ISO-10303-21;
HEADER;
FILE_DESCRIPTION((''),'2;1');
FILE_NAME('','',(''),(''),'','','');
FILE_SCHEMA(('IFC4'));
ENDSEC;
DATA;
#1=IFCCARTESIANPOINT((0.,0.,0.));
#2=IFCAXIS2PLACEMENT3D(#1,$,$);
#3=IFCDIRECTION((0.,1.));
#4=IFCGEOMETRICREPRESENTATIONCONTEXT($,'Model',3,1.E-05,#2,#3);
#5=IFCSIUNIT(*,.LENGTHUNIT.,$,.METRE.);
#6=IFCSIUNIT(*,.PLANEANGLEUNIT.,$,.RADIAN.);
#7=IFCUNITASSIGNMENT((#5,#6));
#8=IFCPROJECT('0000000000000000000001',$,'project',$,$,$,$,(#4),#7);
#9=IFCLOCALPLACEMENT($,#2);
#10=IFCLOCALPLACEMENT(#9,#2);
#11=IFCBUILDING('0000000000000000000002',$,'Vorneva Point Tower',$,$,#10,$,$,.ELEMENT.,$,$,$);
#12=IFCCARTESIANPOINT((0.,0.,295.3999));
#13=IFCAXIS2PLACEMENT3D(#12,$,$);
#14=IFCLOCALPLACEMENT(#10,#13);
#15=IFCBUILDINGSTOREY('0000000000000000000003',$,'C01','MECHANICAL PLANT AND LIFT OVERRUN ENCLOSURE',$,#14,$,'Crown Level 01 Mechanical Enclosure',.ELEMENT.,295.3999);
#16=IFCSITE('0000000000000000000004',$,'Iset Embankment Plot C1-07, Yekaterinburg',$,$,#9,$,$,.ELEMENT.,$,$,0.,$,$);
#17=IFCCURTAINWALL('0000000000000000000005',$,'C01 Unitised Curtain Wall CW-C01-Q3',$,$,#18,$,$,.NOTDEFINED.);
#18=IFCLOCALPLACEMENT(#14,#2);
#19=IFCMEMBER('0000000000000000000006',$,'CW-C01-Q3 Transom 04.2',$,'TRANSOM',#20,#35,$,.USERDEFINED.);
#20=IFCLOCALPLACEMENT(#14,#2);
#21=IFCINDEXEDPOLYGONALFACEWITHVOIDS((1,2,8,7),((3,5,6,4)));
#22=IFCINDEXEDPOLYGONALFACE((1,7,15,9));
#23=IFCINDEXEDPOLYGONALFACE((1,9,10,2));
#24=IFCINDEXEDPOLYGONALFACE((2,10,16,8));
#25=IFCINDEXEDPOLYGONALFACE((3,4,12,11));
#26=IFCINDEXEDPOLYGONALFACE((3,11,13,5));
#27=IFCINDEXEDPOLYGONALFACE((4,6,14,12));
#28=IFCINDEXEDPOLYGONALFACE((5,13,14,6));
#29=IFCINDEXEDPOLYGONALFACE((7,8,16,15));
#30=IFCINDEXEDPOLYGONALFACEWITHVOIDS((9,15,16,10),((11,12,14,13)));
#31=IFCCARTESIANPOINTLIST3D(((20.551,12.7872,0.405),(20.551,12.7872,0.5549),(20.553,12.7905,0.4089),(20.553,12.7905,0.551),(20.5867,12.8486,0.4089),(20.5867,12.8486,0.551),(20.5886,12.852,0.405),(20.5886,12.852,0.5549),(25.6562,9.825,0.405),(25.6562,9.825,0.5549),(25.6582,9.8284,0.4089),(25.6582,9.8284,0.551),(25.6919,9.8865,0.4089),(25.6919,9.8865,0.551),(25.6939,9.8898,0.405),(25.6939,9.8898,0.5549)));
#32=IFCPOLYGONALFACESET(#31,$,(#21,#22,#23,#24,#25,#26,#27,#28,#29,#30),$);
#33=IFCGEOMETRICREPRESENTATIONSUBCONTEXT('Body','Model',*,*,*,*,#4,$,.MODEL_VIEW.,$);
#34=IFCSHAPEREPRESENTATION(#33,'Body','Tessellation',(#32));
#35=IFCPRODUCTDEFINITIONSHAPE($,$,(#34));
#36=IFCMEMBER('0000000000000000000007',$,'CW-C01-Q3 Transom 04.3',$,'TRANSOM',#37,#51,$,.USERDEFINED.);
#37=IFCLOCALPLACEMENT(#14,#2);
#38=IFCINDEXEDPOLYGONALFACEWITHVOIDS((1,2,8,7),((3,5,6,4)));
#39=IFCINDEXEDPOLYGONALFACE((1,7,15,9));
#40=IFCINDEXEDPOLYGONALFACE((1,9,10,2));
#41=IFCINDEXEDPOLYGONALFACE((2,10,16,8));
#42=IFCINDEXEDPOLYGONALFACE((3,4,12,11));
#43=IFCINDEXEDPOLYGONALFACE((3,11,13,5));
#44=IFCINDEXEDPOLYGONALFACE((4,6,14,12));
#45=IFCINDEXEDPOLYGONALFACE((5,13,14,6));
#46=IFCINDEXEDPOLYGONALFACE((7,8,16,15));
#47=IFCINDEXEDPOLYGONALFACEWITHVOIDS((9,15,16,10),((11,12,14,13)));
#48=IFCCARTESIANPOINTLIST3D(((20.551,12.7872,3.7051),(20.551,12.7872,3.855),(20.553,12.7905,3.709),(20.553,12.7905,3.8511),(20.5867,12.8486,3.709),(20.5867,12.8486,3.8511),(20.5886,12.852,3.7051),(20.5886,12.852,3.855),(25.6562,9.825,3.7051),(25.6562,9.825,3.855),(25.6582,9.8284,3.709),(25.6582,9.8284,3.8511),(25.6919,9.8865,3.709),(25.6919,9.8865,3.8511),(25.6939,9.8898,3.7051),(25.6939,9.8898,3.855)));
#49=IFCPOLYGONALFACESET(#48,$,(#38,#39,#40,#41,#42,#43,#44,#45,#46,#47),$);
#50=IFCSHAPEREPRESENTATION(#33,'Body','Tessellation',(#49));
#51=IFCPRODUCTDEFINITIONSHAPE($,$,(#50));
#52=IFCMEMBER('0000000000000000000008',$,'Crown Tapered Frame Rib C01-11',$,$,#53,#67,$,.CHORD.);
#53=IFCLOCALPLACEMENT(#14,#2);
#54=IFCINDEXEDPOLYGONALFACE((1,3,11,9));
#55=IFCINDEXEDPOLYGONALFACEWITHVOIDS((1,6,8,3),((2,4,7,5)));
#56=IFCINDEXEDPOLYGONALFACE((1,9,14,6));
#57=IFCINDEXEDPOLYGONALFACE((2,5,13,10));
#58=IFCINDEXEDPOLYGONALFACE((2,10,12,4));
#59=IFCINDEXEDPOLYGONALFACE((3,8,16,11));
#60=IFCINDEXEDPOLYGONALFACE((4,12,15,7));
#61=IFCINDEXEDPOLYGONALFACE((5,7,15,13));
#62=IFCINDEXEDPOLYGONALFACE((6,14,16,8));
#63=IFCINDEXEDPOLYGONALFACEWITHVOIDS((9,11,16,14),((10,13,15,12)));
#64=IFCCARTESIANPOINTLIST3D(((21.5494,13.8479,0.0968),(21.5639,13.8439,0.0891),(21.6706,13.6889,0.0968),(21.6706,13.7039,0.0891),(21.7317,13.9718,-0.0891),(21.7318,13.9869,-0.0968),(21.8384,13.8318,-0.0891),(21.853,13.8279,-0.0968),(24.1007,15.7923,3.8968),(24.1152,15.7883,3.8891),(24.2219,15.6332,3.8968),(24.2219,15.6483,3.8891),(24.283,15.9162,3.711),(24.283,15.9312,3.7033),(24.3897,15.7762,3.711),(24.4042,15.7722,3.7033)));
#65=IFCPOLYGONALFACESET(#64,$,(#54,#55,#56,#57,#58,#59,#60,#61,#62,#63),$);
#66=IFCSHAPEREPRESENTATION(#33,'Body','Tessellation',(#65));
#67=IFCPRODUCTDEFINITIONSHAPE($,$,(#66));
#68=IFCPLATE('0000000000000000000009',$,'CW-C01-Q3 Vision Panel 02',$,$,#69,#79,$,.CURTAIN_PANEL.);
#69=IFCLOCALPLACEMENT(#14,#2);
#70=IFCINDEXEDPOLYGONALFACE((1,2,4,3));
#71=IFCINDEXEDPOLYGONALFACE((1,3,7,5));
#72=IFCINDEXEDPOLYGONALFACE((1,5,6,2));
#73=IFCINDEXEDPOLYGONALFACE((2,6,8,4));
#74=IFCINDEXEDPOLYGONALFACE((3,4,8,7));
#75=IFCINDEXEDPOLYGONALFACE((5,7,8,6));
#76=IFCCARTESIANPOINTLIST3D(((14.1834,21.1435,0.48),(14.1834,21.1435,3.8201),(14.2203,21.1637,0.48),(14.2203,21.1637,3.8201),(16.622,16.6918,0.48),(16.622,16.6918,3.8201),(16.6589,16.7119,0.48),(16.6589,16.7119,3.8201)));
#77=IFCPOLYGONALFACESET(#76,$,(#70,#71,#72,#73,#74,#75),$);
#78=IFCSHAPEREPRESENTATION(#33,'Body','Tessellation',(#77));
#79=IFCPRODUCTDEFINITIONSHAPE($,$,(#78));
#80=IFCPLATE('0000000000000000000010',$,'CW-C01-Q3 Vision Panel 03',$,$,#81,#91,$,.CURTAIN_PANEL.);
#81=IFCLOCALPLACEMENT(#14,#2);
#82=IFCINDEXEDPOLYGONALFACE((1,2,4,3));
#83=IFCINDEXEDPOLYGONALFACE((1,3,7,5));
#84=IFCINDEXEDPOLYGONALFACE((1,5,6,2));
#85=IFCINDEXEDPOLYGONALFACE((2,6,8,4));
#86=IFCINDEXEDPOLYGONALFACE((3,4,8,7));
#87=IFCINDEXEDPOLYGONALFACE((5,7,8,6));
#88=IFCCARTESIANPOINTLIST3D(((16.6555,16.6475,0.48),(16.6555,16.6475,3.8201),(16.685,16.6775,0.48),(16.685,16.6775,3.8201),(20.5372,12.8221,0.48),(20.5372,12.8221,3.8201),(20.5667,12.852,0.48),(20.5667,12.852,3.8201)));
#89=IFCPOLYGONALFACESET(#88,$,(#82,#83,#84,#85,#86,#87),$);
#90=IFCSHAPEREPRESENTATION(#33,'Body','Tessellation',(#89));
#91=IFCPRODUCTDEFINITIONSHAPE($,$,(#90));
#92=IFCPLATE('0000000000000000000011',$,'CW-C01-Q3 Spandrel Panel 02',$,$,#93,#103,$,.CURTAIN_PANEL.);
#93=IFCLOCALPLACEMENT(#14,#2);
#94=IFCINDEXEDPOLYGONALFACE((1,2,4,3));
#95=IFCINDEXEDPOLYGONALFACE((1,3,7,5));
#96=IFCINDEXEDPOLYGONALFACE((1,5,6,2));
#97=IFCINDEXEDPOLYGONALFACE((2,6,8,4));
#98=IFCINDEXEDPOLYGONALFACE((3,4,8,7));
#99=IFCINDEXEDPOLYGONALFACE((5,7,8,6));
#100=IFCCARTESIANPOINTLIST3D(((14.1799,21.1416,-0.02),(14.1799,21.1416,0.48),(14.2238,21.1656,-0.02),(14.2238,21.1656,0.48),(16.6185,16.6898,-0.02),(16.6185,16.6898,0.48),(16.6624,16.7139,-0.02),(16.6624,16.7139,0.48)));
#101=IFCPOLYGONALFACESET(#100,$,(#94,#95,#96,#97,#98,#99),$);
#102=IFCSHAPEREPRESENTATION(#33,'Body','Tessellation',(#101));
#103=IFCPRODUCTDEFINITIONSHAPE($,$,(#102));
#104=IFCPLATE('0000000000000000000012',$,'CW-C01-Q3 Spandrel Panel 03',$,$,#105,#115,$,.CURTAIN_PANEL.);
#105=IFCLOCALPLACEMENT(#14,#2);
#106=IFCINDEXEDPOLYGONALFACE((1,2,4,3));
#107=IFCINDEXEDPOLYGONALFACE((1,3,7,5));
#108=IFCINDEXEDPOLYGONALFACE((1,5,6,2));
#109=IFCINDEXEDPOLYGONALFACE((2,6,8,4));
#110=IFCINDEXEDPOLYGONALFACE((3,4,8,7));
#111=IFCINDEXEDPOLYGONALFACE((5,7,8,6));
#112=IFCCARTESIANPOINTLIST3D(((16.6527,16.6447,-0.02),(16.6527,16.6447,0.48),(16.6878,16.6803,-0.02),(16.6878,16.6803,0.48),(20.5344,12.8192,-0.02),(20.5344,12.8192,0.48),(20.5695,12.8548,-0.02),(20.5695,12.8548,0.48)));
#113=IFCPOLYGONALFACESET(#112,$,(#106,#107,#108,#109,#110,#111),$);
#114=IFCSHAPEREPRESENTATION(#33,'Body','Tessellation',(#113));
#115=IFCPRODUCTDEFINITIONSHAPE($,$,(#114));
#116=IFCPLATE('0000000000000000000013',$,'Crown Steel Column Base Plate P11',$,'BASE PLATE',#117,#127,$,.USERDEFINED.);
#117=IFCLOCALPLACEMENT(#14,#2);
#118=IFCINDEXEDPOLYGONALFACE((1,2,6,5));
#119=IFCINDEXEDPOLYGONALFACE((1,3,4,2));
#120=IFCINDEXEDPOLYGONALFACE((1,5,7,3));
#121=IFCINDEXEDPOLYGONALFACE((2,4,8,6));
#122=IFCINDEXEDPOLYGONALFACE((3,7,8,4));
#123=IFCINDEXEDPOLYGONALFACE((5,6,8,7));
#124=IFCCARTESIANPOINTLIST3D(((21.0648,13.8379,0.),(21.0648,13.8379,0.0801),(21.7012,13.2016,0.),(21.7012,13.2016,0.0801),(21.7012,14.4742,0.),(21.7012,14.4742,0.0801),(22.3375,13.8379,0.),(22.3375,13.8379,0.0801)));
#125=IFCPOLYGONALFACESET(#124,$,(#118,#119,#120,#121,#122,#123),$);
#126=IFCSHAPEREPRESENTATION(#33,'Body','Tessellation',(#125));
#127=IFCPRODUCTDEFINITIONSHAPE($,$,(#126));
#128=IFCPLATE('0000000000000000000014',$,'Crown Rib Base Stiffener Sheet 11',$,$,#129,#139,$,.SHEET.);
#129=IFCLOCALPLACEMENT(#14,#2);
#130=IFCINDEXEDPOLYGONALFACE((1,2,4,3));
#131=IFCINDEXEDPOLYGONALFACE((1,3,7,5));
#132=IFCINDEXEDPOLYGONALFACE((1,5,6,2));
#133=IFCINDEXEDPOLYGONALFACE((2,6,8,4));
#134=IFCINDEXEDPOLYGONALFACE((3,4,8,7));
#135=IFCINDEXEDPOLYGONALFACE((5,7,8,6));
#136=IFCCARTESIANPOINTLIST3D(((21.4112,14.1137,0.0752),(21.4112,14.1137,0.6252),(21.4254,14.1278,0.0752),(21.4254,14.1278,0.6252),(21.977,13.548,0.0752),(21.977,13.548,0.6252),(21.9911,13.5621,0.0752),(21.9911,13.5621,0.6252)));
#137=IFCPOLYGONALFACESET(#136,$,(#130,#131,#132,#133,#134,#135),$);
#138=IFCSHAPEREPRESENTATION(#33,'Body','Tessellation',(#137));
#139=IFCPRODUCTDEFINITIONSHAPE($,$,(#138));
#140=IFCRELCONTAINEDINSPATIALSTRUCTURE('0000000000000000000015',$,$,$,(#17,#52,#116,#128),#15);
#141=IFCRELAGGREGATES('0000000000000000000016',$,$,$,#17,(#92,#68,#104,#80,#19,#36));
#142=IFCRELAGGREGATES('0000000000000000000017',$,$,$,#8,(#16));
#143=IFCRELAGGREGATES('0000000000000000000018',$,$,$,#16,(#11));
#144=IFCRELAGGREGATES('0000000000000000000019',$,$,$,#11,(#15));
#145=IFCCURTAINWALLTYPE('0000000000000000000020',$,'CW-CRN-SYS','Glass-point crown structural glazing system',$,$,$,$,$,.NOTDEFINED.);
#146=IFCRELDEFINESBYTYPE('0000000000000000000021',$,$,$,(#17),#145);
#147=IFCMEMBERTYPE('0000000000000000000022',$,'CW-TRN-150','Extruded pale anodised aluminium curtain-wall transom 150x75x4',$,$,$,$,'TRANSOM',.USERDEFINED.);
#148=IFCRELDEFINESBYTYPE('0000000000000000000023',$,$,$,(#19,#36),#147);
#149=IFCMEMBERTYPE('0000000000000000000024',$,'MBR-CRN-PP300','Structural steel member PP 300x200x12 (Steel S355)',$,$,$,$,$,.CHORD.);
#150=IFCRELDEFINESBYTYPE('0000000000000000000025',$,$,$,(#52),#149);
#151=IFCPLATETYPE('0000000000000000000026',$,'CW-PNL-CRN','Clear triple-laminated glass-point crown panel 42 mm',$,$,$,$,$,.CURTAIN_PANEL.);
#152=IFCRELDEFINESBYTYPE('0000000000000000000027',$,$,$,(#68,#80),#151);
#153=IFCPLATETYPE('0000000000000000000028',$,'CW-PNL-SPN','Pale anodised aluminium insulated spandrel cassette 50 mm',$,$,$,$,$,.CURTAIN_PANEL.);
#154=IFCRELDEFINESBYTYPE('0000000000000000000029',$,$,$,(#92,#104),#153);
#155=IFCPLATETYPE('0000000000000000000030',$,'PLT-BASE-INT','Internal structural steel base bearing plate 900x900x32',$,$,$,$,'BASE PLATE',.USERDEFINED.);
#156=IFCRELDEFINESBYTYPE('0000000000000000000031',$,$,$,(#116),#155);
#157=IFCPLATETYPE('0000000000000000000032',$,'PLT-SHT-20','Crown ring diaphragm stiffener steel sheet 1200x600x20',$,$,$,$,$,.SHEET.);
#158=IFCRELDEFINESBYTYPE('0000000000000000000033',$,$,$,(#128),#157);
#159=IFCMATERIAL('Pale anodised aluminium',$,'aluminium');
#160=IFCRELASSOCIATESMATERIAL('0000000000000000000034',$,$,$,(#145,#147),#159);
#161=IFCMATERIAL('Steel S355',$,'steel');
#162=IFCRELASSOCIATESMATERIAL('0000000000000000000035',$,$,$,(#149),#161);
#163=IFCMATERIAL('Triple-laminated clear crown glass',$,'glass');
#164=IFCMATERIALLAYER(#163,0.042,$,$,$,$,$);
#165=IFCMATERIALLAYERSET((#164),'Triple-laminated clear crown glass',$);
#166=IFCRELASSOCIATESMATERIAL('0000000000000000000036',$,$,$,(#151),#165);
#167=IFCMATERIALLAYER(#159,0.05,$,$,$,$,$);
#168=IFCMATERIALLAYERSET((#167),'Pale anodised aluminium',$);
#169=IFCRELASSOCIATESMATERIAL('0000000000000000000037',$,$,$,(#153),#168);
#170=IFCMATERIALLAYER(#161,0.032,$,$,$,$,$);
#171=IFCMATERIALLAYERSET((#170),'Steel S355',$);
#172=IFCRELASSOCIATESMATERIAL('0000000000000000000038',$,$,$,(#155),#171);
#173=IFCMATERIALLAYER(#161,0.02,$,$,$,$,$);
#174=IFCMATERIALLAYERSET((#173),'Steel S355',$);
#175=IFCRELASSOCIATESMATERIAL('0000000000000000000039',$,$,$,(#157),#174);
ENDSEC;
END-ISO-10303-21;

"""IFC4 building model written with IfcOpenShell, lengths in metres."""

from ifc_helpers import new_model, si_unit, direction, frame, origin, origin_2d, place, context, subcontext, project, spatial, rectangle, hollow_rectangle, extrude, material, layer, layer_set, material_profile, profile_set, type_object, element, aggregate, save


model = new_model("IFC4")

# Units and contexts
model_context = context("Model", 3, precision=1e-05, world=origin(), true_north=direction((0.0, 1.0)))
body_context = subcontext(model_context, "Body", "Model", "MODEL_VIEW")
ifc_project = project(units=[si_unit("LENGTHUNIT", "METRE"), si_unit("PLANEANGLEUNIT", "RADIAN")], contexts=[model_context])

# Site, building, storey
site_placement = place(None, origin())
site = spatial("IfcSite", under=ifc_project, at=site_placement, Name="Iset Embankment Plot C1-07, Yekaterinburg", CompositionType="ELEMENT", RefElevation=0.0)
building_placement = place(site_placement, origin())
building = spatial("IfcBuilding", under=site, at=building_placement, Name="Vorneva Point Tower", CompositionType="ELEMENT")
storey_placement = place(building_placement, frame((0.0, 0.0, 295.3999)))
storey = spatial("IfcBuildingStorey", under=building, at=storey_placement, Name="C01", Description="MECHANICAL PLANT AND LIFT OVERRUN ENCLOSURE", LongName="Crown Level 01 Mechanical Enclosure", CompositionType="ELEMENT", Elevation=295.3999)

# Shared definitions
ifc_material_1 = material(Name="Steel S355", Category="steel")

# Curtain wall, members
ifc_material_2 = material(Name="Pale anodised aluminium", Category="aluminium")
curtain_wall_type = type_object("IfcCurtainWallType", Name="CW-CRN-SYS", Description="Glass-point crown structural glazing system", PredefinedType="NOTDEFINED", material=ifc_material_2)
curtain_wall_placement = place(storey_placement, origin())
curtain_wall = element("IfcCurtainWall", 1, at=curtain_wall_placement, inside=storey, type_object=curtain_wall_type, Name="C01 Unitised Curtain Wall CW-C01-Q3", PredefinedType="NOTDEFINED")
ifc_material_profile_1 = material_profile(ifc_material_2, hollow_rectangle(XDim=0.075, YDim=0.1499, WallThickness=0.0039, at=origin_2d()), Name="AL-TRN 150x75x4")
ifc_profile_set_1 = profile_set([ifc_material_profile_1], Name="Pale anodised aluminium")
member_type_1 = type_object("IfcMemberType", Name="CW-TRN-150", Description="Extruded pale anodised aluminium curtain-wall transom 150x75x4", ElementType="TRANSOM", PredefinedType="USERDEFINED", material=ifc_profile_set_1)
member_1_placement = place(storey_placement, frame((20.5698, 12.8196, 0.48), z_axis=(0.864948, -0.501861, 0.0), x_axis=(0.501861, 0.864948, 0.0)))
member_1 = element("IfcMember", 2, at=member_1_placement, type_object=member_type_1, Name="CW-C01-Q3 Transom 04.2", ObjectType="TRANSOM", PredefinedType="USERDEFINED", context=body_context, shape_type="SweptSolid", body=[
    extrude(hollow_rectangle(XDim=0.075, YDim=0.1499, WallThickness=0.0039, at=origin_2d()), origin(), (0.0, 0.0, 1.0), 5.9023),
])
member_2_placement = place(storey_placement, frame((20.5698, 12.8196, 3.78), z_axis=(0.864948, -0.501861, 0.0), x_axis=(0.501861, 0.864948, 0.0)))
member_2 = element("IfcMember", 3, at=member_2_placement, type_object=member_type_1, Name="CW-C01-Q3 Transom 04.3", ObjectType="TRANSOM", PredefinedType="USERDEFINED", context=body_context, shape_type="SweptSolid", body=[
    extrude(hollow_rectangle(XDim=0.075, YDim=0.1499, WallThickness=0.0039, at=origin_2d()), origin(), (0.0, 0.0, 1.0), 5.9023),
])

# Member
ifc_material_profile_2 = material_profile(ifc_material_1, hollow_rectangle(XDim=0.2, YDim=0.3, WallThickness=0.012, at=origin_2d()), Name="PP 300x200x12")
ifc_profile_set_2 = profile_set([ifc_material_profile_2], Name="Steel S355")
member_type_2 = type_object("IfcMemberType", Name="MBR-CRN-PP300", Description="Structural steel member PP 300x200x12 (Steel S355)", PredefinedType="CHORD", material=ifc_profile_set_2)
member_3_placement = place(storey_placement, frame((21.7012, 13.8379, 0.0), z_axis=(0.513034, 0.390986, 0.764151), x_axis=(-0.606144, 0.795355, 0.0)))
element("IfcMember", 4, at=member_3_placement, inside=storey, type_object=member_type_2, Name="Crown Tapered Frame Rib C01-11", PredefinedType="CHORD", context=body_context, shape_type="SweptSolid", body=[
    extrude(hollow_rectangle(XDim=0.2, YDim=0.3, WallThickness=0.012, at=origin_2d()), origin(), (0.0, 0.0, 1.0), 4.9729),
])

# Plates
ifc_material_3 = material(Name="Triple-laminated clear crown glass", Category="glass")
ifc_layer_1 = layer(ifc_material_3, 0.042)
ifc_layer_set_1 = layer_set([ifc_layer_1], Name="Triple-laminated clear crown glass")
plate_type_1 = type_object("IfcPlateType", Name="CW-PNL-CRN", Description="Clear triple-laminated glass-point crown panel 42 mm", PredefinedType="CURTAIN_PANEL", material=ifc_layer_set_1)
plate_1_placement = place(storey_placement, frame((15.4211, 18.9277, 0.48), z_axis=(0.0, 0.0, 1.0), x_axis=(0.480423, -0.877037, 0.0)))
plate_1 = element("IfcPlate", 5, at=plate_1_placement, type_object=plate_type_1, Name="CW-C01-Q3 Vision Panel 02", PredefinedType="CURTAIN_PANEL", context=body_context, shape_type="SweptSolid", body=[
    extrude(rectangle(XDim=5.0759, YDim=0.042, at=origin_2d()), origin(), (0.0, 0.0, 1.0), 3.3401),
])
plate_2_placement = place(storey_placement, frame((18.6111, 14.7498, 0.48), z_axis=(0.0, 0.0, 1.0), x_axis=(0.712247, -0.701929, 0.0)))
plate_2 = element("IfcPlate", 6, at=plate_2_placement, type_object=plate_type_1, Name="CW-C01-Q3 Vision Panel 03", PredefinedType="CURTAIN_PANEL", context=body_context, shape_type="SweptSolid", body=[
    extrude(rectangle(XDim=5.45, YDim=0.042, at=origin_2d()), origin(), (0.0, 0.0, 1.0), 3.3401),
])
ifc_layer_2 = layer(ifc_material_2, 0.05)
ifc_layer_set_2 = layer_set([ifc_layer_2], Name="Pale anodised aluminium")
plate_type_2 = type_object("IfcPlateType", Name="CW-PNL-SPN", Description="Pale anodised aluminium insulated spandrel cassette 50 mm", PredefinedType="CURTAIN_PANEL", material=ifc_layer_set_2)
plate_3_placement = place(storey_placement, frame((15.4211, 18.9277, -0.02), z_axis=(0.0, 0.0, 1.0), x_axis=(0.480423, -0.877037, 0.0)))
plate_3 = element("IfcPlate", 7, at=plate_3_placement, type_object=plate_type_2, Name="CW-C01-Q3 Spandrel Panel 02", PredefinedType="CURTAIN_PANEL", context=body_context, shape_type="SweptSolid", body=[
    extrude(rectangle(XDim=5.0759, YDim=0.05, at=origin_2d()), origin(), (0.0, 0.0, 1.0), 0.5),
])
plate_4_placement = place(storey_placement, frame((18.6111, 14.7498, -0.02), z_axis=(0.0, 0.0, 1.0), x_axis=(0.712247, -0.701929, 0.0)))
plate_4 = element("IfcPlate", 8, at=plate_4_placement, type_object=plate_type_2, Name="CW-C01-Q3 Spandrel Panel 03", PredefinedType="CURTAIN_PANEL", context=body_context, shape_type="SweptSolid", body=[
    extrude(rectangle(XDim=5.45, YDim=0.05, at=origin_2d()), origin(), (0.0, 0.0, 1.0), 0.5),
])
aggregate(curtain_wall, [plate_3, plate_1, plate_4, plate_2, member_1, member_2])

# Plates
ifc_layer_3 = layer(ifc_material_1, 0.032)
ifc_layer_set_3 = layer_set([ifc_layer_3], Name="Steel S355")
plate_type_3 = type_object("IfcPlateType", Name="PLT-BASE-INT", Description="Internal structural steel base bearing plate 900x900x32", ElementType="BASE PLATE", PredefinedType="USERDEFINED", material=ifc_layer_set_3)
plate_5_placement = place(storey_placement, frame((21.7012, 13.8379, 0.0), z_axis=(0.0, 0.0, 1.0), x_axis=(-0.707107, -0.707107, 0.0)))
element("IfcPlate", 9, at=plate_5_placement, inside=storey, type_object=plate_type_3, Name="Crown Steel Column Base Plate P11", ObjectType="BASE PLATE", PredefinedType="USERDEFINED", context=body_context, shape_type="SweptSolid", body=[
    extrude(rectangle(XDim=0.8999, YDim=0.8999, at=origin_2d()), origin(), (0.0, 0.0, 1.0), 0.0801),
])
ifc_layer_4 = layer(ifc_material_1, 0.02)
ifc_layer_set_4 = layer_set([ifc_layer_4], Name="Steel S355")
plate_type_4 = type_object("IfcPlateType", Name="PLT-SHT-20", Description="Crown ring diaphragm stiffener steel sheet 1200x600x20", PredefinedType="SHEET", material=ifc_layer_set_4)
plate_6_placement = place(storey_placement, frame((21.7012, 13.8379, 0.0752), z_axis=(0.0, 0.0, 1.0), x_axis=(0.707107, -0.707107, 0.0)))
element("IfcPlate", 10, at=plate_6_placement, inside=storey, type_object=plate_type_4, Name="Crown Rib Base Stiffener Sheet 11", PredefinedType="SHEET", context=body_context, shape_type="SweptSolid", body=[
    extrude(rectangle(XDim=0.8, YDim=0.02, at=origin_2d()), origin(), (0.0, 0.0, 1.0), 0.55),
])

save(model, "model.ifc")
